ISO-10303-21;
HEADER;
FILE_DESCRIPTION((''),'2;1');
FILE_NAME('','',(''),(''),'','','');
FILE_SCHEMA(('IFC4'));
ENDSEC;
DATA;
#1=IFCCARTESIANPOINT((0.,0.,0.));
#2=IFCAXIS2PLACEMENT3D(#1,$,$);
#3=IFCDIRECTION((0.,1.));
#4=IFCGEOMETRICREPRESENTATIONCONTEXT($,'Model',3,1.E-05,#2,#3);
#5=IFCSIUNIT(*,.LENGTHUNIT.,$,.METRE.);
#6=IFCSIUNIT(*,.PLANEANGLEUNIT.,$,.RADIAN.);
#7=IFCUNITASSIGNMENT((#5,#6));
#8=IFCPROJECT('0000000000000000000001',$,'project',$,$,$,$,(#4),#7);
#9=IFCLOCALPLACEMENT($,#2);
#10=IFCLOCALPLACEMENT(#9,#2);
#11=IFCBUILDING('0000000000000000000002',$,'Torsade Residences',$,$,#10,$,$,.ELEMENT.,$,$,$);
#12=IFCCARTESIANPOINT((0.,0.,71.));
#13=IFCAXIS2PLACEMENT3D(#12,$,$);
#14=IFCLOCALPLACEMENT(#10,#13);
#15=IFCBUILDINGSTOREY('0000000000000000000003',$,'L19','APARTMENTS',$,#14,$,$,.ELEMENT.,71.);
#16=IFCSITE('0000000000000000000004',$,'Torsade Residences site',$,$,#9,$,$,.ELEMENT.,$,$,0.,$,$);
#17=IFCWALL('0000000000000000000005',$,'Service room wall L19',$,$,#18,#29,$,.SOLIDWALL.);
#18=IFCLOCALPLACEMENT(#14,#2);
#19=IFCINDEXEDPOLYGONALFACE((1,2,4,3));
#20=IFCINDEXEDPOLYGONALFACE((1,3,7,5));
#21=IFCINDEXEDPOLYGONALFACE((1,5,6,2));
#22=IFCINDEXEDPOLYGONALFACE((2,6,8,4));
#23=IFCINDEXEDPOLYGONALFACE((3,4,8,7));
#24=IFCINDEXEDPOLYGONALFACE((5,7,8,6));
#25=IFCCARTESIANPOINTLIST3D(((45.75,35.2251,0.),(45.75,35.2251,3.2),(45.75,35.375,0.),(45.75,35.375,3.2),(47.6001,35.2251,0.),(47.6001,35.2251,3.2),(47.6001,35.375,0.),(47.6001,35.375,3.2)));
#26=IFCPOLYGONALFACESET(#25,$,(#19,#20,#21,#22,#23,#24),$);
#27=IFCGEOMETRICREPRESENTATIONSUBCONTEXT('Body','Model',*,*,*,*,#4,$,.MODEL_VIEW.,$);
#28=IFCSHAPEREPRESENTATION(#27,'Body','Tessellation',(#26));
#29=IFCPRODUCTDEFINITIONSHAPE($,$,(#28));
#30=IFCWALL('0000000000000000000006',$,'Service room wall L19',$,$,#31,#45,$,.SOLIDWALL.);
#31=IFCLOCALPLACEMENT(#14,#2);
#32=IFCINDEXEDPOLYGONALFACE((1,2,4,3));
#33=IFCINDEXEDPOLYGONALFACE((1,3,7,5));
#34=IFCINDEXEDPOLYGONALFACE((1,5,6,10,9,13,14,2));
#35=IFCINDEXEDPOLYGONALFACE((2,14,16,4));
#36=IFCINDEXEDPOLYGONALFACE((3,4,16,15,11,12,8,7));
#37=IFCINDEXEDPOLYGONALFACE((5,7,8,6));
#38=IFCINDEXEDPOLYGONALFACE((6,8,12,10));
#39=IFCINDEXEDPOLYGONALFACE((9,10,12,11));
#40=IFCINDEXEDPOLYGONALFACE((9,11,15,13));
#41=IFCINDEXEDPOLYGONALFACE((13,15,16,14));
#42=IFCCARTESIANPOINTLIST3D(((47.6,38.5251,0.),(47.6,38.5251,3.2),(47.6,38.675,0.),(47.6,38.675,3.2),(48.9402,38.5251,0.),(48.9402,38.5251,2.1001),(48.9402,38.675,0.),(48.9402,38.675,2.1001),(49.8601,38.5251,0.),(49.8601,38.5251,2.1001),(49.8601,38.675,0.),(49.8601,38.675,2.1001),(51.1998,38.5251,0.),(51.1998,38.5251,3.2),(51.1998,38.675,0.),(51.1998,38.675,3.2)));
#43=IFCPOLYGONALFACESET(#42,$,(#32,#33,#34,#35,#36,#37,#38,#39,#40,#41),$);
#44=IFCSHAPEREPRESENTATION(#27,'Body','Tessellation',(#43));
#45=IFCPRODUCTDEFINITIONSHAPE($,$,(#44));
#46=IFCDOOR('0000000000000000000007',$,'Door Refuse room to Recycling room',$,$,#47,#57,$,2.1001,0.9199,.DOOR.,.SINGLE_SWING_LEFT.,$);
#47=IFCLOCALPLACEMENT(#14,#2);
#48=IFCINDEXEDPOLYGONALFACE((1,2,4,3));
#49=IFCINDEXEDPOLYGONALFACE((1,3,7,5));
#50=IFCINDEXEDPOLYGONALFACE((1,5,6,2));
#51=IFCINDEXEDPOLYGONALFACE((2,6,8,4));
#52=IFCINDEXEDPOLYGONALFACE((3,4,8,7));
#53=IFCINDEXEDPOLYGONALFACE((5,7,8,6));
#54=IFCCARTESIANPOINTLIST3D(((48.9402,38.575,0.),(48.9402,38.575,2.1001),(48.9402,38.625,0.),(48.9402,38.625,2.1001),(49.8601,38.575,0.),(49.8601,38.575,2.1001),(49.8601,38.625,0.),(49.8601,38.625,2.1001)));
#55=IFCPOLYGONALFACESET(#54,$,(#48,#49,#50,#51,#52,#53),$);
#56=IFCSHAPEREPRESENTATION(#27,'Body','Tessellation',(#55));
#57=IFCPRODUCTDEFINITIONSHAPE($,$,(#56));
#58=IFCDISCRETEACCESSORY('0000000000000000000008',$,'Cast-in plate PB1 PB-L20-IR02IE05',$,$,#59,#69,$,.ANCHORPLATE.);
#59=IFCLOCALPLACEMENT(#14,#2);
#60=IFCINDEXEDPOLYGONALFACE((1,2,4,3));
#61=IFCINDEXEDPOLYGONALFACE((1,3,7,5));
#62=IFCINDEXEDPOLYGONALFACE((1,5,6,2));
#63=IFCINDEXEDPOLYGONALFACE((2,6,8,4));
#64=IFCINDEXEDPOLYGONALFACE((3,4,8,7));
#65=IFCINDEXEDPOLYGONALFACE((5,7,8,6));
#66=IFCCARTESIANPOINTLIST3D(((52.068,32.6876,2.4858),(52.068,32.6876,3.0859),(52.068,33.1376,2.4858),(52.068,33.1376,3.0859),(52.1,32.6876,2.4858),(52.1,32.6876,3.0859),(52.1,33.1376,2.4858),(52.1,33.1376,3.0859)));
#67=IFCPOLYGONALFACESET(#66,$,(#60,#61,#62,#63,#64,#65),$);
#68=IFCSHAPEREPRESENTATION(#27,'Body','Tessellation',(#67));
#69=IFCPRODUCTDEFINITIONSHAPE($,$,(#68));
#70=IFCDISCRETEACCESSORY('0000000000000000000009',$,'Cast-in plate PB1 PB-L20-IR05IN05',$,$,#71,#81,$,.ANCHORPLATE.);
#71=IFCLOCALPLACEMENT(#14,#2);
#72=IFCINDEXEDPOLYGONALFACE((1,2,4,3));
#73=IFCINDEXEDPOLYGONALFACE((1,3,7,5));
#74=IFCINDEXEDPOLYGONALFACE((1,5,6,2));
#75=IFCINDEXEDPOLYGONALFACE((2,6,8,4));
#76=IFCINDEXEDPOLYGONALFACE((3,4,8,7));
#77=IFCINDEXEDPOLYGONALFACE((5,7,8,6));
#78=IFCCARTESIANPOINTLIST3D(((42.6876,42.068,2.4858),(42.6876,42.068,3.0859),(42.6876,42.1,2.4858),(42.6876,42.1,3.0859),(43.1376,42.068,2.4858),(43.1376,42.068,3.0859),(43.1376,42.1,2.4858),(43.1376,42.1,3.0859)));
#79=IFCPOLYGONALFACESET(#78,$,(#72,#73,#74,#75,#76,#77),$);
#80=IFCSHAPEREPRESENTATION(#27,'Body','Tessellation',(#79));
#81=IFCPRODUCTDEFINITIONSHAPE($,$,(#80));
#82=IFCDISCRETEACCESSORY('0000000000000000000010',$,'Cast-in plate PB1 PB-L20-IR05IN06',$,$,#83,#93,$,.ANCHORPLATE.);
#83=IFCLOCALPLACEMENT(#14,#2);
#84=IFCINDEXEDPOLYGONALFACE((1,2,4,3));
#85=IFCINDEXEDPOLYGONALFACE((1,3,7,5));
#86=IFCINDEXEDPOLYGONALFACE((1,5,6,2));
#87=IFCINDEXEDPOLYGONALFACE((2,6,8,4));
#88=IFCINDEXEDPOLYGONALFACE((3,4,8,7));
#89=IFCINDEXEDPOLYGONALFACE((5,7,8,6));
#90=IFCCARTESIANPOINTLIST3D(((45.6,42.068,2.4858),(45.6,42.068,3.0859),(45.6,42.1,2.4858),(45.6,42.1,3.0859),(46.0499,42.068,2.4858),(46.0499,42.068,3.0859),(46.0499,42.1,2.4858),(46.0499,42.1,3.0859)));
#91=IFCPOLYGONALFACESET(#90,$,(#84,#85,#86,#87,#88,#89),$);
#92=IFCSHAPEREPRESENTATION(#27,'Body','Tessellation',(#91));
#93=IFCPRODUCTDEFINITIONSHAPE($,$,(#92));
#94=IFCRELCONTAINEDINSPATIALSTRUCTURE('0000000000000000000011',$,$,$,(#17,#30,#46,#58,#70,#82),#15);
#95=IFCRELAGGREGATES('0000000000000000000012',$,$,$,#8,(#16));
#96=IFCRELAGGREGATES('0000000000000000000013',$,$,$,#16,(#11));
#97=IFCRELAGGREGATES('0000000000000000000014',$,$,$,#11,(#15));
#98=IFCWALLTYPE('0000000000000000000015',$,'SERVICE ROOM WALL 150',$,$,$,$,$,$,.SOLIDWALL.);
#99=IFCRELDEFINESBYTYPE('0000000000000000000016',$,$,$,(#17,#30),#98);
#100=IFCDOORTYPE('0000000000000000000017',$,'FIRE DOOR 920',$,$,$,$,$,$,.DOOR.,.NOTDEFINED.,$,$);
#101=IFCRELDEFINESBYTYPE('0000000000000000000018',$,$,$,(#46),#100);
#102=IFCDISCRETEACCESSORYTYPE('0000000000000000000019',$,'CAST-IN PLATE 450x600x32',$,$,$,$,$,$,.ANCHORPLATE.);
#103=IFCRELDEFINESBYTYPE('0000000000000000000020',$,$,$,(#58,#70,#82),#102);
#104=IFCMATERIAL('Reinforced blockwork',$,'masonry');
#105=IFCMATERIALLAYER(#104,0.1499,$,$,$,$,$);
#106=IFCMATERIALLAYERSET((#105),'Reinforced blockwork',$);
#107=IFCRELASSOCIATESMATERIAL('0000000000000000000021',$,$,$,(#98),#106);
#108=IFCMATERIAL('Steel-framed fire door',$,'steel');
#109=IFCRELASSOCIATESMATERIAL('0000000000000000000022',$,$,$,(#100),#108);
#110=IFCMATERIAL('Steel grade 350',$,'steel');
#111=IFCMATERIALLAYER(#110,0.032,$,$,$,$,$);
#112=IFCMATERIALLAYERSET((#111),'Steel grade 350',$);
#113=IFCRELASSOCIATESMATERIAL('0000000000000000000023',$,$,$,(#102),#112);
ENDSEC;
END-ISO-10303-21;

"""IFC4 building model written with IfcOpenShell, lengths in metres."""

from ifc_helpers import new_model, si_unit, direction, frame, frame_2d, origin, origin_2d, place, context, subcontext, project, spatial, rectangle, extrude, material, layer, layer_set, type_object, element, fill, save


model = new_model("IFC4")

# Units and contexts
model_context = context("Model", 3, precision=1e-05, world=origin(), true_north=direction((0.0, 1.0)))
body_context = subcontext(model_context, "Body", "Model", "MODEL_VIEW")
ifc_project = project(units=[si_unit("LENGTHUNIT", "METRE"), si_unit("PLANEANGLEUNIT", "RADIAN")], contexts=[model_context])

# Site, building, storey
site_placement = place(None, origin())
site = spatial("IfcSite", under=ifc_project, at=site_placement, Name="Torsade Residences site", CompositionType="ELEMENT", RefElevation=0.0)
building_placement = place(site_placement, origin())
building = spatial("IfcBuilding", under=site, at=building_placement, Name="Torsade Residences", CompositionType="ELEMENT")
storey_placement = place(building_placement, frame((0.0, 0.0, 71.0)))
storey = spatial("IfcBuildingStorey", under=building, at=storey_placement, Name="L19", Description="APARTMENTS", CompositionType="ELEMENT", Elevation=71.0)

# Wall
ifc_material_1 = material(Name="Reinforced blockwork", Category="masonry")
ifc_layer_1 = layer(ifc_material_1, 0.1499)
ifc_layer_set_1 = layer_set([ifc_layer_1], Name="Reinforced blockwork")
wall_type_1 = type_object("IfcWallType", Name="SERVICE ROOM WALL 150", PredefinedType="SOLIDWALL", material=ifc_layer_set_1)
wall_1_placement = place(storey_placement, frame((47.6001, 35.3, 0.0), z_axis=(0.0, 0.0, 1.0), x_axis=(-1.0, 0.0, 0.0)))
element("IfcWall", 1, at=wall_1_placement, inside=storey, type_object=wall_type_1, Name="Service room wall L19", PredefinedType="SOLIDWALL", context=body_context, shape_type="SweptSolid", body=[
    extrude(rectangle(XDim=1.8501, YDim=0.1499, at=frame_2d((0.925, 0.0))), origin(), (0.0, 0.0, 1.0), 3.2),
])

# Wall, opening, door
wall_2_placement = place(storey_placement, frame((47.6001, 38.6001, 0.0), z_axis=(0.0, 0.0, 1.0), x_axis=(1.0, 0.0, 0.0)))
wall_2 = element("IfcWall", 2, at=wall_2_placement, inside=storey, type_object=wall_type_1, Name="Service room wall L19", PredefinedType="SOLIDWALL", context=body_context, shape_type="SweptSolid", body=[
    extrude(rectangle(XDim=3.5999, YDim=0.1499, at=frame_2d((1.7998, 0.0))), origin(), (0.0, 0.0, 1.0), 3.2),
])
opening_1_placement = place(wall_2_placement, frame((1.3401, 0.0, 0.0)))
opening_1 = element("IfcOpeningElement", 3, at=opening_1_placement, cuts=wall_2, PredefinedType="OPENING", context=body_context, shape_type="SweptSolid", body=[
    extrude(rectangle(XDim=0.9199, YDim=2.1001, at=frame_2d((0.46, 1.05))), frame((0.0, 0.085, 0.0), z_axis=(0.0, -1.0, 0.0), x_axis=(1.0, 0.0, 0.0)), (0.0, 0.0, 1.0), 0.1699),
])
ifc_material_2 = material(Name="Steel-framed fire door", Category="steel")
door_type_1 = type_object("IfcDoorType", Name="FIRE DOOR 920", OperationType="NOTDEFINED", PredefinedType="DOOR", material=ifc_material_2)
door_1_placement = place(opening_1_placement, origin())
door_1 = element("IfcDoor", 4, at=door_1_placement, inside=storey, type_object=door_type_1, Name="Door Refuse room to Recycling room", OperationType="SINGLE_SWING_LEFT", OverallHeight=2.1001, OverallWidth=0.9199, PredefinedType="DOOR", context=body_context, shape_type="SweptSolid", body=[
    extrude(rectangle(XDim=0.9199, YDim=2.1001, at=frame_2d((0.46, 1.05))), frame((0.0, 0.0249, 0.0), z_axis=(0.0, -1.0, 0.0), x_axis=(1.0, 0.0, 0.0)), (0.0, 0.0, 1.0), 0.05),
])
fill(opening_1, door_1)

# Discrete accessories
ifc_material_3 = material(Name="Steel grade 350", Category="steel")
ifc_layer_2 = layer(ifc_material_3, 0.032)
ifc_layer_set_2 = layer_set([ifc_layer_2], Name="Steel grade 350")
discrete_accessory_type = type_object("IfcDiscreteAccessoryType", Name="CAST-IN PLATE 450x600x32", PredefinedType="ANCHORPLATE", material=ifc_layer_set_2)
discrete_accessory_placement = place(storey_placement, frame((52.084, 32.9126, 2.4858), z_axis=(0.0, 0.0, 1.0), x_axis=(1.0, 0.0, 0.0)))
element("IfcDiscreteAccessory", 5, at=discrete_accessory_placement, inside=storey, type_object=discrete_accessory_type, Name="Cast-in plate PB1 PB-L20-IR02IE05", PredefinedType="ANCHORPLATE", context=body_context, shape_type="SweptSolid", body=[
    extrude(rectangle(XDim=0.032, YDim=0.45, at=origin_2d()), origin(), (0.0, 0.0, 1.0), 0.6001),
])
for number, where, z_axis, x_axis, name in (
    (6, (42.9126, 42.084, 2.4858), (0.0, 0.0, 1.0), (1.0, 0.0, 0.0), "Cast-in plate PB1 PB-L20-IR05IN05"),
    (7, (45.825, 42.084, 2.4858), (0.0, 0.0, 1.0), (1.0, 0.0, 0.0), "Cast-in plate PB1 PB-L20-IR05IN06"),
):
    element("IfcDiscreteAccessory", number, at=place(storey_placement, frame(where, z_axis=z_axis, x_axis=x_axis)), inside=storey, type_object=discrete_accessory_type, Name=name, PredefinedType="ANCHORPLATE", context=body_context, shape_type="SweptSolid", body=[
        extrude(rectangle(XDim=0.45, YDim=0.032, at=origin_2d()), origin(), (0.0, 0.0, 1.0), 0.6001),
    ])

save(model, "model.ifc")
